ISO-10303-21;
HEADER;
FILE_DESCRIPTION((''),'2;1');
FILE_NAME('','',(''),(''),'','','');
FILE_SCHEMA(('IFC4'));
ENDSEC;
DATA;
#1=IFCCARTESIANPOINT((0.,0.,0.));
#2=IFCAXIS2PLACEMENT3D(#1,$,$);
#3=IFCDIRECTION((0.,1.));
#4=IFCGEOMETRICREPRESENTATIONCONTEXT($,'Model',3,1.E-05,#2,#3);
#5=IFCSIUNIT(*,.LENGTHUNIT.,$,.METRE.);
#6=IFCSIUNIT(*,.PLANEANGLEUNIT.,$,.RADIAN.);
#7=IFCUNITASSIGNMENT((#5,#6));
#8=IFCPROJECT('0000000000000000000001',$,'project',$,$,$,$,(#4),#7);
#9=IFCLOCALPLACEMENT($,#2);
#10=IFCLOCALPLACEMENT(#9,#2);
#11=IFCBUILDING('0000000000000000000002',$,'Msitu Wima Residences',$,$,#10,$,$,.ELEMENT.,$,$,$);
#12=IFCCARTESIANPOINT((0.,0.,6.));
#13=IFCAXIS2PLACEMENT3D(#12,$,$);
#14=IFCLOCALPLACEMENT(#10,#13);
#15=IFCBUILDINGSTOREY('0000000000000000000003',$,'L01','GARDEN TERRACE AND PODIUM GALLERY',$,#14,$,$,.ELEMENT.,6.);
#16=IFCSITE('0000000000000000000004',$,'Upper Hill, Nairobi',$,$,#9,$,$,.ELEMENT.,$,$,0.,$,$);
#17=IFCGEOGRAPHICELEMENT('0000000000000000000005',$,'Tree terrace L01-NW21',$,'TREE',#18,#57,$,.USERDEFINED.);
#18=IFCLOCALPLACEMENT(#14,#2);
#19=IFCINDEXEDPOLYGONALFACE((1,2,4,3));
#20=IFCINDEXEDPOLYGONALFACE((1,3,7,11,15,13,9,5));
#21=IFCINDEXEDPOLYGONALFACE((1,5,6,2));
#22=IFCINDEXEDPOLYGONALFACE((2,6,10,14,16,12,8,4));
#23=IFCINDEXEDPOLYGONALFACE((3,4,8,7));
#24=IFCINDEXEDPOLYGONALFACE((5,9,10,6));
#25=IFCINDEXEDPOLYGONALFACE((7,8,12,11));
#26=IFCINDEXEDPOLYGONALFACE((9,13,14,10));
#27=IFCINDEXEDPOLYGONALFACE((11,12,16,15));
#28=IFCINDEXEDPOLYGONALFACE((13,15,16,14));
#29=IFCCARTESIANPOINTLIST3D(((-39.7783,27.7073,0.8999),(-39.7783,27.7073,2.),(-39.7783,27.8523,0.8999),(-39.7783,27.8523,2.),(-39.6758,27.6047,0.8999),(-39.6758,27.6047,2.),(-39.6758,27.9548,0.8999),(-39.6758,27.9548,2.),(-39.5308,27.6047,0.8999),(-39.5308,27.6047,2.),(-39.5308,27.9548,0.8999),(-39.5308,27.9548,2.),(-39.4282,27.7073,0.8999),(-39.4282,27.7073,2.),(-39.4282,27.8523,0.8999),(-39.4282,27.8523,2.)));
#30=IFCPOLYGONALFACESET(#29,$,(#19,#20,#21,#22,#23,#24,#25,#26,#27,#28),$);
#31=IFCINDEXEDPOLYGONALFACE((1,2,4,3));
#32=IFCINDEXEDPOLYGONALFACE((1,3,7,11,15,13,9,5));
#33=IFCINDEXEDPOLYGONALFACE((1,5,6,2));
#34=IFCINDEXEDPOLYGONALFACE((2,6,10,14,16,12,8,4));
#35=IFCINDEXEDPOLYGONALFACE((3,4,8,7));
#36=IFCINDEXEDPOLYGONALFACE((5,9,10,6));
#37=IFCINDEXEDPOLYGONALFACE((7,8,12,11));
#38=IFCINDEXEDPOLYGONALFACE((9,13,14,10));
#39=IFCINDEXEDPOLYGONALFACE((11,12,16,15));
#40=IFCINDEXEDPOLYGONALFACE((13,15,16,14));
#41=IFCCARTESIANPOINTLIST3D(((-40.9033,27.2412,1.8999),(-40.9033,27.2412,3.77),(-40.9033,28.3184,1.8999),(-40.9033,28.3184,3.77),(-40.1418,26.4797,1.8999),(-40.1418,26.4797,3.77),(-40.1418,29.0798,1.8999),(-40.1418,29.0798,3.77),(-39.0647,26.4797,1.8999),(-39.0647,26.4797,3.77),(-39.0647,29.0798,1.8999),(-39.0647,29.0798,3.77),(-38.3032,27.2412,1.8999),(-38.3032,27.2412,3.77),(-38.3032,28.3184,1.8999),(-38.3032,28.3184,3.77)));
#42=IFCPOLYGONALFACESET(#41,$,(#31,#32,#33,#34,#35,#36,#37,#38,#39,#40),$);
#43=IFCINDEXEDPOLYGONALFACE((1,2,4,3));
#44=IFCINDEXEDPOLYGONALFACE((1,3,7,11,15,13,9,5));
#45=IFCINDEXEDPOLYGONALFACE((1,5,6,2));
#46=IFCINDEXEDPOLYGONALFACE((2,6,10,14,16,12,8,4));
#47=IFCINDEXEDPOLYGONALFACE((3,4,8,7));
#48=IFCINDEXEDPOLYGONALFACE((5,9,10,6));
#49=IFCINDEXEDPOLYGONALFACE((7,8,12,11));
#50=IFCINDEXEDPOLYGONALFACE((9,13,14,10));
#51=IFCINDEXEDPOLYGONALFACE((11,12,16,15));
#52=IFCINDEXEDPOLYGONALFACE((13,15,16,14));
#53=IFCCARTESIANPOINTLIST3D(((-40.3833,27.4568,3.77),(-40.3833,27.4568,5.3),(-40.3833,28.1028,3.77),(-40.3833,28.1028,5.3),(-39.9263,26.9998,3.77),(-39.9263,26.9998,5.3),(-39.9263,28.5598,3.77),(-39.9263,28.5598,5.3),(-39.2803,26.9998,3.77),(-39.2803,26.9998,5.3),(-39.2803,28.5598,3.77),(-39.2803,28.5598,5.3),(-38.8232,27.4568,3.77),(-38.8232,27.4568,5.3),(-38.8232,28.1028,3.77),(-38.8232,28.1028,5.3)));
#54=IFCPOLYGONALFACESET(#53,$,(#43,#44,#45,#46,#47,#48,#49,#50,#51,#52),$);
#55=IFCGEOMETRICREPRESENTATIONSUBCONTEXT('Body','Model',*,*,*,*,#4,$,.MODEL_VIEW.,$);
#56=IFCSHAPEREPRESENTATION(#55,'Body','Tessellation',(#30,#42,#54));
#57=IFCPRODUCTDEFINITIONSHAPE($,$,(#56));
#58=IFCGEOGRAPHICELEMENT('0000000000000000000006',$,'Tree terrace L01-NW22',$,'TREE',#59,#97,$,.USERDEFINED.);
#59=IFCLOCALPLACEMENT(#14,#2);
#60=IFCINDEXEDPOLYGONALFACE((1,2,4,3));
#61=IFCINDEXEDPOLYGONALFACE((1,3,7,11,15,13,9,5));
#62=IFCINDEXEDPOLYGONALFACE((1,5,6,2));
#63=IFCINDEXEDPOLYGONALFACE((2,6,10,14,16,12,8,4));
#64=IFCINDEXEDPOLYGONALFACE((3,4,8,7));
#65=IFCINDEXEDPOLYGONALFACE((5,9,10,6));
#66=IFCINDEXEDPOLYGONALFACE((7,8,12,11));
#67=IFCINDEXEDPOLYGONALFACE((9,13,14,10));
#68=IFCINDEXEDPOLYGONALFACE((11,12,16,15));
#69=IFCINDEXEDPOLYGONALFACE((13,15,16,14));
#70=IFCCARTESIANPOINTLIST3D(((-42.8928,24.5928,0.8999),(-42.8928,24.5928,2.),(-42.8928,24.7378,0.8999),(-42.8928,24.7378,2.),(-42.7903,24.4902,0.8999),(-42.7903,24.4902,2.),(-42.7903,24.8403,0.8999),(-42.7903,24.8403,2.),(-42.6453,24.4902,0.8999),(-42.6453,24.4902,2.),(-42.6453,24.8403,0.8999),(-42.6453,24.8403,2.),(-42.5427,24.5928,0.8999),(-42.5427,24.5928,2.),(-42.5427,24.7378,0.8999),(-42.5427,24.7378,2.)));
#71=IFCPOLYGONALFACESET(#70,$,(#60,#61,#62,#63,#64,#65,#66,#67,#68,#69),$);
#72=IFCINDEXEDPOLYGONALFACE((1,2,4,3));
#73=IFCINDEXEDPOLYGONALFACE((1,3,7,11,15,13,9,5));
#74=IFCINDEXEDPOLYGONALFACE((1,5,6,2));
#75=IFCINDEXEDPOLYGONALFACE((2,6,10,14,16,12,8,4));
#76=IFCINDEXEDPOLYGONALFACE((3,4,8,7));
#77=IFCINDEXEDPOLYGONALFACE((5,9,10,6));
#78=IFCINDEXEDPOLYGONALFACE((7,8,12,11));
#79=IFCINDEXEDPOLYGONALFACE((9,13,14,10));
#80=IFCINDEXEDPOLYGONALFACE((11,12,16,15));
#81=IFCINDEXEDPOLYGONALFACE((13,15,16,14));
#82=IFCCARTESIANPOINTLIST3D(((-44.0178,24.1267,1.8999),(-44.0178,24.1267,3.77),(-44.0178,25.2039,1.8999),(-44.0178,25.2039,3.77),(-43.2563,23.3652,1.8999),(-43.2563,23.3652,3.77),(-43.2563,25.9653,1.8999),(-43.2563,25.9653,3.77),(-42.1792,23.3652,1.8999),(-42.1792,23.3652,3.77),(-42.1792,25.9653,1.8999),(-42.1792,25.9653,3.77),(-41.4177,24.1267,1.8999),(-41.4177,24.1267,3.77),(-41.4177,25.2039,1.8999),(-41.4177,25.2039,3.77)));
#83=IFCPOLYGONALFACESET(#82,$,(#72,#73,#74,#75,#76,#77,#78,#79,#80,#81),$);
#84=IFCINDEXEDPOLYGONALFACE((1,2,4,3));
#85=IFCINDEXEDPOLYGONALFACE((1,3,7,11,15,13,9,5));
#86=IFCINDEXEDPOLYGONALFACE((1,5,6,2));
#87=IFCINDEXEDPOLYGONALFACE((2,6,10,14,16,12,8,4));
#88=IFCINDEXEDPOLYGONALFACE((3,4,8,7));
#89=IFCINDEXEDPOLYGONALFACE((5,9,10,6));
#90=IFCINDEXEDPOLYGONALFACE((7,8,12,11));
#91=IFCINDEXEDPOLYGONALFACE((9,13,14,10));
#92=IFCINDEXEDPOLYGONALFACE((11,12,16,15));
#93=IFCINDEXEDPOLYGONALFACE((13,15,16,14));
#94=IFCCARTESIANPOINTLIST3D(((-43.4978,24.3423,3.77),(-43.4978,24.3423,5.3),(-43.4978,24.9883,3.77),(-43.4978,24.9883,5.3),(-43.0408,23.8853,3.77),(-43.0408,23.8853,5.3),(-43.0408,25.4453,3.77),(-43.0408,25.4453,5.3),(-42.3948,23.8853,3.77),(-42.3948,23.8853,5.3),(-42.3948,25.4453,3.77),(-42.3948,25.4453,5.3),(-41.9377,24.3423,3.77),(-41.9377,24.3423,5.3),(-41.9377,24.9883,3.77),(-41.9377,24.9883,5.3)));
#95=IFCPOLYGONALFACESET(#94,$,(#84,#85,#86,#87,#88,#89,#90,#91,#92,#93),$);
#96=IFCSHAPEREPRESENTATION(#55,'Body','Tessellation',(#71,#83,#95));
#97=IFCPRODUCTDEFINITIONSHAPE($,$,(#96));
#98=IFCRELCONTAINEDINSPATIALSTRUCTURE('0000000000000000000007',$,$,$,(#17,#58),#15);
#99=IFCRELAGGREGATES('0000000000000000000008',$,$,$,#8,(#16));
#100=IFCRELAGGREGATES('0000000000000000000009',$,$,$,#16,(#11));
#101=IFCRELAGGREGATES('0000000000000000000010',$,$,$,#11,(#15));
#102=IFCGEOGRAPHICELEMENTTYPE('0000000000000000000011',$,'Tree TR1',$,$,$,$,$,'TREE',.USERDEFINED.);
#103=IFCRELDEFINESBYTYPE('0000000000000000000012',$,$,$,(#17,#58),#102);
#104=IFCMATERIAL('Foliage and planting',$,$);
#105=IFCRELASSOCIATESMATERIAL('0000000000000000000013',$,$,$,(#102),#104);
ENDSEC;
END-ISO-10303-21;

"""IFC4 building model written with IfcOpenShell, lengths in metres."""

from ifc_helpers import new_model, si_unit, direction, frame, origin, place, context, subcontext, project, spatial, polyline, outline, extrude, material, type_object, element, save


model = new_model("IFC4")

# Units and contexts
model_context = context("Model", 3, precision=1e-05, world=origin(), true_north=direction((0.0, 1.0)))
body_context = subcontext(model_context, "Body", "Model", "MODEL_VIEW")
ifc_project = project(units=[si_unit("LENGTHUNIT", "METRE"), si_unit("PLANEANGLEUNIT", "RADIAN")], contexts=[model_context])

# Site, building, storey
site_placement = place(None, origin())
site = spatial("IfcSite", under=ifc_project, at=site_placement, Name="Upper Hill, Nairobi", CompositionType="ELEMENT", RefElevation=0.0)
building_placement = place(site_placement, origin())
building = spatial("IfcBuilding", under=site, at=building_placement, Name="Msitu Wima Residences", CompositionType="ELEMENT")
storey_placement = place(building_placement, frame((0.0, 0.0, 6.0)))
storey = spatial("IfcBuildingStorey", under=building, at=storey_placement, Name="L01", Description="GARDEN TERRACE AND PODIUM GALLERY", CompositionType="ELEMENT", Elevation=6.0)

# Geographic elements
ifc_material_1 = material(Name="Foliage and planting")
geographic_element_type = type_object("IfcGeographicElementType", Name="Tree TR1", ElementType="TREE", PredefinedType="USERDEFINED", material=ifc_material_1)
for number, where, z_axis, x_axis, name in (
    (1, (-39.6033, 27.7798, 0.8999), (0.0, 0.0, 1.0), (1.0, 0.0, 0.0), "Tree terrace L01-NW21"),
    (2, (-42.7178, 24.6653, 0.8999), (0.0, 0.0, 1.0), (1.0, 0.0, 0.0), "Tree terrace L01-NW22"),
):
    element("IfcGeographicElement", number, at=place(storey_placement, frame(where, z_axis=z_axis, x_axis=x_axis)), inside=storey, type_object=geographic_element_type, Name=name, ObjectType="TREE", PredefinedType="USERDEFINED", context=body_context, shape_type="SweptSolid", body=[
        extrude(outline(polyline([(0.175, 0.0725), (0.0725, 0.175), (-0.0725, 0.175), (-0.175, 0.0725), (-0.175, -0.0725), (-0.0725, -0.175), (0.0725, -0.175), (0.175, -0.0725), (0.175, 0.0725)])), origin(), (0.0, 0.0, 1.0), 1.1001),
        extrude(outline(polyline([(1.3, 0.5386), (0.5386, 1.3), (-0.5386, 1.3), (-1.3, 0.5386), (-1.3, -0.5386), (-0.5386, -1.3), (0.5386, -1.3), (1.3, -0.5386), (1.3, 0.5386)])), frame((0.0, 0.0, 1.0)), (0.0, 0.0, 1.0), 1.8701),
        extrude(outline(polyline([(0.78, 0.323), (0.323, 0.78), (-0.323, 0.78), (-0.78, 0.323), (-0.78, -0.323), (-0.323, -0.78), (0.323, -0.78), (0.78, -0.323), (0.78, 0.323)])), frame((0.0, 0.0, 2.8701)), (0.0, 0.0, 1.0), 1.53),
    ])

save(model, "model.ifc")
